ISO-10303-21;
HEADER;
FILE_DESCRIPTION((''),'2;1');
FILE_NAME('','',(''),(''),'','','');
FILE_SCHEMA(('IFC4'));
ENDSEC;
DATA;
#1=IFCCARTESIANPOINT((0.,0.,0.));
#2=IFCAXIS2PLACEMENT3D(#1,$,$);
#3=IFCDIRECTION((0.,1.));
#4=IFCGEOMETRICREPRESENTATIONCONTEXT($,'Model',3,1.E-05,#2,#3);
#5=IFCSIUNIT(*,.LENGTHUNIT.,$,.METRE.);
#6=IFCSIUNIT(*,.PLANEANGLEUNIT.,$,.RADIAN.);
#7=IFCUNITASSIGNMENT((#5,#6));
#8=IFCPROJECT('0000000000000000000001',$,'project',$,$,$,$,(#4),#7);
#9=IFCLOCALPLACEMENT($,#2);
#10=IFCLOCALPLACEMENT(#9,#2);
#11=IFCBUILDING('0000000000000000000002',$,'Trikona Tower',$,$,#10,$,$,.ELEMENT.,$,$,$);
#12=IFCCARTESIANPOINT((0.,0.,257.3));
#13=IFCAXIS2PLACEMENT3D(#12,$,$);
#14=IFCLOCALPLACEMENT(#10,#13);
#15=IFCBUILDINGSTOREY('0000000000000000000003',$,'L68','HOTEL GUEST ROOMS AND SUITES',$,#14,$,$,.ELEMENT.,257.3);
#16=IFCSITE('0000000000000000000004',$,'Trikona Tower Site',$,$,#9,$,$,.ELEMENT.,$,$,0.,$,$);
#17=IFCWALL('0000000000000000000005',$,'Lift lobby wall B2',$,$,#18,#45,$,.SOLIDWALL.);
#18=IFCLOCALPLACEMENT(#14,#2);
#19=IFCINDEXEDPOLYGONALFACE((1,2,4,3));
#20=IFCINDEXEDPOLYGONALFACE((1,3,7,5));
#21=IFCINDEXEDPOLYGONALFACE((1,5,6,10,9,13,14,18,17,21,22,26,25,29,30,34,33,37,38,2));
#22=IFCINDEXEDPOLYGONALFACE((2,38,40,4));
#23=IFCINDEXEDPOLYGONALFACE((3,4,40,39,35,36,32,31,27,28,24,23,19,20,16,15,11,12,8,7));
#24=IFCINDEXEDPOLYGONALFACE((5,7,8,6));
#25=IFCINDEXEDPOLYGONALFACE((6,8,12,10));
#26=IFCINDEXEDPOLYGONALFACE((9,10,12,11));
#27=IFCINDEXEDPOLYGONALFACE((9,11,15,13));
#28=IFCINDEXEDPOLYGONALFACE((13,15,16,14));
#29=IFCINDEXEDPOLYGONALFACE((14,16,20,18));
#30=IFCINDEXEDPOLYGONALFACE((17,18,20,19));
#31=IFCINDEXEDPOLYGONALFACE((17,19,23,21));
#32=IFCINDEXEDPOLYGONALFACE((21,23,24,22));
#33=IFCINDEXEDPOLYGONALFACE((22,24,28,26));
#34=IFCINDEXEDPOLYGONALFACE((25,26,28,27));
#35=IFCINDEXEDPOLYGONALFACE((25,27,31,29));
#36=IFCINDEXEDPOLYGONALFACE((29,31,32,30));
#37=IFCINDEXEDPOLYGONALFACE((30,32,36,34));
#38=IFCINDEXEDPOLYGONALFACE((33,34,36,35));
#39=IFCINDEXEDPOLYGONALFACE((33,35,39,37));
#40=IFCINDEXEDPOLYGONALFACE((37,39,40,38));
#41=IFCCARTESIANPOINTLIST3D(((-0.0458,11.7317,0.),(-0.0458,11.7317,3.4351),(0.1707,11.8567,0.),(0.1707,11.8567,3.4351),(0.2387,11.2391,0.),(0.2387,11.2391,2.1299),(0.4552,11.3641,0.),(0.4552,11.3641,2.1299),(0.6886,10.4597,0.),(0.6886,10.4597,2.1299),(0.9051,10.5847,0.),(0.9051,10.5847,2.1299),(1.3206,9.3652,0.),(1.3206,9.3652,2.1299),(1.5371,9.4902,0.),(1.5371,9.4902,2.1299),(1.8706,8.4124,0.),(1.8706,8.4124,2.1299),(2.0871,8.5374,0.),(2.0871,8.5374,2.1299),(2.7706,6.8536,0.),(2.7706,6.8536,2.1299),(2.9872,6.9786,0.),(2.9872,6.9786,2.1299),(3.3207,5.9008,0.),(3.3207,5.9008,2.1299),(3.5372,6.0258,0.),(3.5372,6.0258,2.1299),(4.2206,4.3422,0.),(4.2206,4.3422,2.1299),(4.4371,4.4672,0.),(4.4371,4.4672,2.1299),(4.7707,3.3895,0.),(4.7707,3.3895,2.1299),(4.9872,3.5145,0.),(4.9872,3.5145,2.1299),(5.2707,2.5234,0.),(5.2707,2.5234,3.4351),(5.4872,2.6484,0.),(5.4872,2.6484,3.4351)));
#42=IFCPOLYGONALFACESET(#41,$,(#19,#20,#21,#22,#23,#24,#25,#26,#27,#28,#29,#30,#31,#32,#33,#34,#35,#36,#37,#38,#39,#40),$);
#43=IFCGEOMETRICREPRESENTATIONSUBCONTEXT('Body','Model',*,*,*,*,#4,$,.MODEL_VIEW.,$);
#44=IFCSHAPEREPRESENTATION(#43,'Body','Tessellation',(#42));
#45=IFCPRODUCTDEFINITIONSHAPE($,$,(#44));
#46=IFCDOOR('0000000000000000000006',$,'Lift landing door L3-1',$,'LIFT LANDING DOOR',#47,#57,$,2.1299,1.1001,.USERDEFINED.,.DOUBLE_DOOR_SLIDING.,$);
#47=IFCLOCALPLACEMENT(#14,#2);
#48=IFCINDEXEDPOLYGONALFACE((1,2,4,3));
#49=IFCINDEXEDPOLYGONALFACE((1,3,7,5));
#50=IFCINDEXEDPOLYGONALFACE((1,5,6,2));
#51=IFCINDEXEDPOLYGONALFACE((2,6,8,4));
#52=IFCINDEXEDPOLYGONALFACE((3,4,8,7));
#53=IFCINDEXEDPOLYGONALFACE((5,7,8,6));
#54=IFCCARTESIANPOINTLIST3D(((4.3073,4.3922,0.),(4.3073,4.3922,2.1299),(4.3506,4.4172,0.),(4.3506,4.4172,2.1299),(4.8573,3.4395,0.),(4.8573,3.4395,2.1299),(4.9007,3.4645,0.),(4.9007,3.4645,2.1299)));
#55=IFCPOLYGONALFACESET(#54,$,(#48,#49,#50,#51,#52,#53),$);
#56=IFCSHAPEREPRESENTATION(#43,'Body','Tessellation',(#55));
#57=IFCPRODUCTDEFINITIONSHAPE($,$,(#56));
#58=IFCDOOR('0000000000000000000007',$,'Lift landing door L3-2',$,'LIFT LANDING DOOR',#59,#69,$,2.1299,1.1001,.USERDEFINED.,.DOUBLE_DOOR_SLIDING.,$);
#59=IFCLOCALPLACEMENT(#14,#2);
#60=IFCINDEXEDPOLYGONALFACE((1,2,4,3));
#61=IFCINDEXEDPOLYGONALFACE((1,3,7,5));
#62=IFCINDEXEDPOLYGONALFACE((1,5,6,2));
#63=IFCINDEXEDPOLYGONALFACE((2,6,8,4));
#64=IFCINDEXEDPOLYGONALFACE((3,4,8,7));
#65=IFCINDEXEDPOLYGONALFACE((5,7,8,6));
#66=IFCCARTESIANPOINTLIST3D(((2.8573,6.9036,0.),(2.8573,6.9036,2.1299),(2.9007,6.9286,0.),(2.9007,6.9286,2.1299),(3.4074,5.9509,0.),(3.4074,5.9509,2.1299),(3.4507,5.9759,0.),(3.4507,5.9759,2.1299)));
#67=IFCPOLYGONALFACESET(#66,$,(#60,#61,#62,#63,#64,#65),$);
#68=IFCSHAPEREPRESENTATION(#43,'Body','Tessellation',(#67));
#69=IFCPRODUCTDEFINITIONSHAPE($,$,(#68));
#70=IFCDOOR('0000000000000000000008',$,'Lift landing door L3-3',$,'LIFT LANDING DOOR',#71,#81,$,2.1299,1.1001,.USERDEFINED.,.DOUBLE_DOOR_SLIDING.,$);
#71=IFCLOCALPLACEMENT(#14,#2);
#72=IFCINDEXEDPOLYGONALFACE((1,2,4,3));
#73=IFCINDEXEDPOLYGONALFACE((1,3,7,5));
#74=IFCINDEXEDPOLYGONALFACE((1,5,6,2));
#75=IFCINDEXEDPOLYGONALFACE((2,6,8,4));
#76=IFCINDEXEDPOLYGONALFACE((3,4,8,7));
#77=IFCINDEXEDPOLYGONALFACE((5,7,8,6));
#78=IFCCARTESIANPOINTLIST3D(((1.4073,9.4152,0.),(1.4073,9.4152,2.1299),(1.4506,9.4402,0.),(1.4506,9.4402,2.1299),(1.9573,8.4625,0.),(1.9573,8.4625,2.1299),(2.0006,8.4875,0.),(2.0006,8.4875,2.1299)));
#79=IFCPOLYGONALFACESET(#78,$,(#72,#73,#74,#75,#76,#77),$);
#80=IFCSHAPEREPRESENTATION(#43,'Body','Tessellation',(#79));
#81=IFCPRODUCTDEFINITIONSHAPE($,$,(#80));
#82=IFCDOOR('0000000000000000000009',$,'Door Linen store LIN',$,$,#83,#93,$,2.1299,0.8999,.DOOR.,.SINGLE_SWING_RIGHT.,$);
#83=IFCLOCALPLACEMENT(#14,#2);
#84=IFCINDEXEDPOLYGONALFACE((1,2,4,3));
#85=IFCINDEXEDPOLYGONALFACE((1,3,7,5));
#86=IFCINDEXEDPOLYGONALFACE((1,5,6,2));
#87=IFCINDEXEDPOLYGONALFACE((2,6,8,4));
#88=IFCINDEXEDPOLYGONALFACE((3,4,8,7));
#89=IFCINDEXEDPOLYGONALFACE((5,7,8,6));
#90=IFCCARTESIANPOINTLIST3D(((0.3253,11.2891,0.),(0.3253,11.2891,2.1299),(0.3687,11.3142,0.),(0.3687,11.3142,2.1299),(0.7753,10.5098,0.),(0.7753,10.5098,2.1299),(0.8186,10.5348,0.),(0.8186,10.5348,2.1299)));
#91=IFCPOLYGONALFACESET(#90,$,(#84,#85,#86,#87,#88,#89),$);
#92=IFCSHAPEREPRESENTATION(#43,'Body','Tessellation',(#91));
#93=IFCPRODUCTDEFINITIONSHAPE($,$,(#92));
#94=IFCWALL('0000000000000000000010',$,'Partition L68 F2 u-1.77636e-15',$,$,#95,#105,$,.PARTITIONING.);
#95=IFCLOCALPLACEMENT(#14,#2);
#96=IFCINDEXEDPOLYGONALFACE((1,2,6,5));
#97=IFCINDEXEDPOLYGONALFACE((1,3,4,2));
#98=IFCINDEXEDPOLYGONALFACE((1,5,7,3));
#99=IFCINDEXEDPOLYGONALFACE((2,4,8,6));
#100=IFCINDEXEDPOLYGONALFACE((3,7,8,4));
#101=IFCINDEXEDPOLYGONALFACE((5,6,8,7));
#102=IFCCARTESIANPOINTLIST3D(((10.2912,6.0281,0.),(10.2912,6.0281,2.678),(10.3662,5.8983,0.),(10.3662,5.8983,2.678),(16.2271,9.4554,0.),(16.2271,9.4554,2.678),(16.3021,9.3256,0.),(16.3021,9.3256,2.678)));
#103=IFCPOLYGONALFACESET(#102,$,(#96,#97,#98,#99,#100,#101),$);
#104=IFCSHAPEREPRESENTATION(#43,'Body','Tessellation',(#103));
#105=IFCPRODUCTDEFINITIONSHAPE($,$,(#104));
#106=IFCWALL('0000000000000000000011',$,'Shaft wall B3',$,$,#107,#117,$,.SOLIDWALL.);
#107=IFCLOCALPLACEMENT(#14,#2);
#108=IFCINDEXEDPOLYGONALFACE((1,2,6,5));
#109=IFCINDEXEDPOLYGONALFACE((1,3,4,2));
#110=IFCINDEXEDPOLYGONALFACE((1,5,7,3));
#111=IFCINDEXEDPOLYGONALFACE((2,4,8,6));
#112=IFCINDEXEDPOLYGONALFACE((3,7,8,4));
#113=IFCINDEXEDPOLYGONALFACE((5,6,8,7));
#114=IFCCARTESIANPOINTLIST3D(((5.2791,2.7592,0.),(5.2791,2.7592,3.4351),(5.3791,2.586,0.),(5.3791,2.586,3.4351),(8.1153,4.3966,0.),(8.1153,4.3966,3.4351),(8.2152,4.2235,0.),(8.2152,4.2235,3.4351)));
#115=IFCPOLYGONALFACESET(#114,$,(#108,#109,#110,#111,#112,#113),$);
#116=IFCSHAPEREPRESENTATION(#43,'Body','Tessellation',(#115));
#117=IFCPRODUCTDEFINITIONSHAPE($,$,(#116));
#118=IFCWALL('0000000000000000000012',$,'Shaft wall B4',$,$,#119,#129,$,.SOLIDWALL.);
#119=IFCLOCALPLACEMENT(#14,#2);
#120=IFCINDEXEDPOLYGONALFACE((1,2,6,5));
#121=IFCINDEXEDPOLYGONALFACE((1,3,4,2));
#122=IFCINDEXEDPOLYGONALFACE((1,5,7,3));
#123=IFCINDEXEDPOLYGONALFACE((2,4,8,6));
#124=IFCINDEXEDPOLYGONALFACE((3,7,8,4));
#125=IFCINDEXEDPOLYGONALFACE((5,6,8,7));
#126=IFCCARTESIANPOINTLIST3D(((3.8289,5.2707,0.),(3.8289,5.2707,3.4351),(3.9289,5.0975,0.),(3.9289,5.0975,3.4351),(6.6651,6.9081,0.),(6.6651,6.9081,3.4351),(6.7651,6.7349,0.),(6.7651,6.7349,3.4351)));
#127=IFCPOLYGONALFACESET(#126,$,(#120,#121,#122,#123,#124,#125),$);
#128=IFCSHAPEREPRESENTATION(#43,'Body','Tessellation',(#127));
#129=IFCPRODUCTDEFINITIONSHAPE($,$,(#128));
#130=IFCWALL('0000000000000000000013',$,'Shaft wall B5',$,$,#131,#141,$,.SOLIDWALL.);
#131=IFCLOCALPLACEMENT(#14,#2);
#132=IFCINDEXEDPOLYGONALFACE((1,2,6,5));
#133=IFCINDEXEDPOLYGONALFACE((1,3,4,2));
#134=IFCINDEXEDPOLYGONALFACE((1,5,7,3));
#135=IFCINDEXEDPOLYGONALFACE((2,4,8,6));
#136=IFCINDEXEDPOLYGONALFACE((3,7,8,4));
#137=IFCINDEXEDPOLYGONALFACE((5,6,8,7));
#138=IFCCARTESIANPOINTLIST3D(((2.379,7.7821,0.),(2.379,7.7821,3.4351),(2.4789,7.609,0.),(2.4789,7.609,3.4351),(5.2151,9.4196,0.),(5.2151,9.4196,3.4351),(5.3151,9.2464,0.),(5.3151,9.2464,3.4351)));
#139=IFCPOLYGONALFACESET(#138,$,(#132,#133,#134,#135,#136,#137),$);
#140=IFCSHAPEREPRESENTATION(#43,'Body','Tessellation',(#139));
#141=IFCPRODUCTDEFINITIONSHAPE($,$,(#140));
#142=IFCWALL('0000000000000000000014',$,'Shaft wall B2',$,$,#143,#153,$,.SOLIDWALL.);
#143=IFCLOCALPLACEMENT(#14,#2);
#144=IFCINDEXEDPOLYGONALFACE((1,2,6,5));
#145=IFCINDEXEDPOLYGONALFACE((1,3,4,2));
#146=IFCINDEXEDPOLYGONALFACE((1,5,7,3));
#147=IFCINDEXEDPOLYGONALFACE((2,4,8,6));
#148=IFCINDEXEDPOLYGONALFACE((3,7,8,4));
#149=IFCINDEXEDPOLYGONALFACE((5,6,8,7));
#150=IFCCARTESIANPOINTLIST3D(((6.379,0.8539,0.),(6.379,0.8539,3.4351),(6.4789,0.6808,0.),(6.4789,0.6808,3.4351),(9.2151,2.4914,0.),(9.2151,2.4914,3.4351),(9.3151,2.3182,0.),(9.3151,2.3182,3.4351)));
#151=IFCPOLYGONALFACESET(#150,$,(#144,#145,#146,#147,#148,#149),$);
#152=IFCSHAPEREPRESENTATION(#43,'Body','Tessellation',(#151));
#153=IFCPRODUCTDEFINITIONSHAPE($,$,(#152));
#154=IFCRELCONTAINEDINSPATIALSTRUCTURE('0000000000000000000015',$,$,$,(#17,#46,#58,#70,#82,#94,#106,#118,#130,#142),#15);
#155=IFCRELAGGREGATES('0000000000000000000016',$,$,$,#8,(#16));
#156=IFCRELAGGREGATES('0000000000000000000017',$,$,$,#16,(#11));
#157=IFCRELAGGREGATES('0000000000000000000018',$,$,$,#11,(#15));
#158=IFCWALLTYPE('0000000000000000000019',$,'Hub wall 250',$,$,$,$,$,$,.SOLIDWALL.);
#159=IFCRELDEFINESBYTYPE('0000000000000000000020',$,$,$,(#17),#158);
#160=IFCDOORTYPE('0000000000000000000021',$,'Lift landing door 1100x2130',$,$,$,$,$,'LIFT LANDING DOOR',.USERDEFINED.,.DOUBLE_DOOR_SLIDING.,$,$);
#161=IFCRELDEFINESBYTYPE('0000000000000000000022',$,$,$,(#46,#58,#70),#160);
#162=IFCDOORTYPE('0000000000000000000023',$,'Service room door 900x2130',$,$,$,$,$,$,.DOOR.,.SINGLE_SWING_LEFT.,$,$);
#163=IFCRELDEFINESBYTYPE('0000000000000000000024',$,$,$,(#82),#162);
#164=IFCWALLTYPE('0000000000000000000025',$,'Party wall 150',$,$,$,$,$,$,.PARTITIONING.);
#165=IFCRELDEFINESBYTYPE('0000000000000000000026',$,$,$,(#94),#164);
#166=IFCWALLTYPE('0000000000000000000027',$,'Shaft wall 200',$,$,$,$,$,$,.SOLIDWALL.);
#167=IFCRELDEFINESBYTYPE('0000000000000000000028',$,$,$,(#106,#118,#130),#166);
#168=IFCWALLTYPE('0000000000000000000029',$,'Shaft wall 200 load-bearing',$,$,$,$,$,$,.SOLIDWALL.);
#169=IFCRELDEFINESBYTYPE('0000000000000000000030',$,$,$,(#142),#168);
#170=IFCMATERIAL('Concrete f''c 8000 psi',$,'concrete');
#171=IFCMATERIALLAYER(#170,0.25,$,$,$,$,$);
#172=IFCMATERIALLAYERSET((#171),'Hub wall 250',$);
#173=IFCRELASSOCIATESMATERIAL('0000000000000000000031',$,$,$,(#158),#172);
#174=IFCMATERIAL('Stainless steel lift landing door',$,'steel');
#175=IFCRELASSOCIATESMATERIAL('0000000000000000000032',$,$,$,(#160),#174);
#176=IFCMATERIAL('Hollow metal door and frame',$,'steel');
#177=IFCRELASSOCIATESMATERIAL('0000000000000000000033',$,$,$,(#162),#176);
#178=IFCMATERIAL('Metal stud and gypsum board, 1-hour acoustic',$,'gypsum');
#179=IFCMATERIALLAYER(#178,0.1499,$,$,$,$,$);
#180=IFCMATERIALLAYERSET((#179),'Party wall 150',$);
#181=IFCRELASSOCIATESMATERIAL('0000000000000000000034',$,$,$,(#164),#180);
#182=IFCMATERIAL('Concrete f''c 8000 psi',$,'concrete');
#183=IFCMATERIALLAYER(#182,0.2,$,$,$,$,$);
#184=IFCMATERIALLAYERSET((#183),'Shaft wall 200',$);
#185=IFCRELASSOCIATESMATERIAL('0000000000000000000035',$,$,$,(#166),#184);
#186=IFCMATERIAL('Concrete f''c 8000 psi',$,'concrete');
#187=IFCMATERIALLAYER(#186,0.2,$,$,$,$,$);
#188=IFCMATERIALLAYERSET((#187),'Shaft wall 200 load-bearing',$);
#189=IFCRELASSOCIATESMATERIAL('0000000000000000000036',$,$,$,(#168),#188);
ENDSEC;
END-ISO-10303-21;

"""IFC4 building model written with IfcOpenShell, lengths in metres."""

from ifc_helpers import new_model, si_unit, direction, frame, frame_2d, origin, place, context, subcontext, project, spatial, rectangle, extrude, material, layer, layer_set, type_object, element, fill, save


model = new_model("IFC4")

# Units and contexts
model_context = context("Model", 3, precision=1e-05, world=origin(), true_north=direction((0.0, 1.0)))
body_context = subcontext(model_context, "Body", "Model", "MODEL_VIEW")
ifc_project = project(units=[si_unit("LENGTHUNIT", "METRE"), si_unit("PLANEANGLEUNIT", "RADIAN")], contexts=[model_context])

# Site, building, storey
site_placement = place(None, origin())
site = spatial("IfcSite", under=ifc_project, at=site_placement, Name="Trikona Tower Site", CompositionType="ELEMENT", RefElevation=0.0)
building_placement = place(site_placement, origin())
building = spatial("IfcBuilding", under=site, at=building_placement, Name="Trikona Tower", CompositionType="ELEMENT")
storey_placement = place(building_placement, frame((0.0, 0.0, 257.3)))
storey = spatial("IfcBuildingStorey", under=building, at=storey_placement, Name="L68", Description="HOTEL GUEST ROOMS AND SUITES", CompositionType="ELEMENT", Elevation=257.3)

# Wall, openings, doors
ifc_material_1 = material(Name="Concrete f'c 8000 psi", Category="concrete")
ifc_layer_1 = layer(ifc_material_1, 0.25)
ifc_layer_set_1 = layer_set([ifc_layer_1], Name="Hub wall 250")
wall_type_1 = type_object("IfcWallType", Name="Hub wall 250", PredefinedType="SOLIDWALL", material=ifc_layer_set_1)
wall_1_placement = place(storey_placement, frame((5.3789, 2.5859, 0.0), z_axis=(0.0, 0.0, 1.0), x_axis=(-0.500001, 0.866025, 0.0)))
wall_1 = element("IfcWall", 1, at=wall_1_placement, inside=storey, type_object=wall_type_1, Name="Lift lobby wall B2", PredefinedType="SOLIDWALL", context=body_context, shape_type="SweptSolid", body=[
    extrude(rectangle(XDim=10.6328, YDim=0.25, at=frame_2d((5.3164, 0.0))), origin(), (0.0, 0.0, 1.0), 3.4351),
])
opening_1_placement = place(wall_1_placement, frame((9.1641, 0.0, 0.0)))
opening_1 = element("IfcOpeningElement", 2, at=opening_1_placement, cuts=wall_1, PredefinedType="OPENING", context=body_context, shape_type="SweptSolid", body=[
    extrude(rectangle(XDim=0.8999, YDim=2.1299, at=frame_2d((0.45, 1.0649))), frame((0.0, 0.135, 0.0), z_axis=(0.0, -1.0, 0.0), x_axis=(1.0, 0.0, 0.0)), (0.0, 0.0, 1.0), 0.27),
])
opening_2_placement = place(wall_1_placement, frame((1.0, 0.0, 0.0)))
opening_2 = element("IfcOpeningElement", 3, at=opening_2_placement, cuts=wall_1, PredefinedType="OPENING", context=body_context, shape_type="SweptSolid", body=[
    extrude(rectangle(XDim=1.1001, YDim=2.1299, at=frame_2d((0.55, 1.0649))), frame((0.0, 0.135, 0.0), z_axis=(0.0, -1.0, 0.0), x_axis=(1.0, 0.0, 0.0)), (0.0, 0.0, 1.0), 0.27),
])
opening_3_placement = place(wall_1_placement, frame((3.8999, 0.0, 0.0)))
opening_3 = element("IfcOpeningElement", 4, at=opening_3_placement, cuts=wall_1, PredefinedType="OPENING", context=body_context, shape_type="SweptSolid", body=[
    extrude(rectangle(XDim=1.1001, YDim=2.1299, at=frame_2d((0.55, 1.0649))), frame((0.0, 0.135, 0.0), z_axis=(0.0, -1.0, 0.0), x_axis=(1.0, 0.0, 0.0)), (0.0, 0.0, 1.0), 0.27),
])
opening_4_placement = place(wall_1_placement, frame((6.8, 0.0, 0.0)))
opening_4 = element("IfcOpeningElement", 5, at=opening_4_placement, cuts=wall_1, PredefinedType="OPENING", context=body_context, shape_type="SweptSolid", body=[
    extrude(rectangle(XDim=1.1001, YDim=2.1299, at=frame_2d((0.55, 1.0649))), frame((0.0, 0.135, 0.0), z_axis=(0.0, -1.0, 0.0), x_axis=(1.0, 0.0, 0.0)), (0.0, 0.0, 1.0), 0.27),
])
ifc_material_2 = material(Name="Stainless steel lift landing door", Category="steel")
door_type_1 = type_object("IfcDoorType", Name="Lift landing door 1100x2130", ElementType="LIFT LANDING DOOR", OperationType="DOUBLE_DOOR_SLIDING", PredefinedType="USERDEFINED", material=ifc_material_2)
door_1_placement = place(opening_2_placement, origin())
door_1 = element("IfcDoor", 6, at=door_1_placement, inside=storey, type_object=door_type_1, Name="Lift landing door L3-1", ObjectType="LIFT LANDING DOOR", OperationType="DOUBLE_DOOR_SLIDING", OverallHeight=2.1299, OverallWidth=1.1001, PredefinedType="USERDEFINED", context=body_context, shape_type="SweptSolid", body=[
    extrude(rectangle(XDim=1.1001, YDim=2.1299, at=frame_2d((0.55, 1.0649))), frame((0.0, 0.0249, 0.0), z_axis=(0.0, -1.0, 0.0), x_axis=(1.0, 0.0, 0.0)), (0.0, 0.0, 1.0), 0.05),
])
fill(opening_2, door_1)
door_2_placement = place(opening_3_placement, origin())
door_2 = element("IfcDoor", 7, at=door_2_placement, inside=storey, type_object=door_type_1, Name="Lift landing door L3-2", ObjectType="LIFT LANDING DOOR", OperationType="DOUBLE_DOOR_SLIDING", OverallHeight=2.1299, OverallWidth=1.1001, PredefinedType="USERDEFINED", context=body_context, shape_type="SweptSolid", body=[
    extrude(rectangle(XDim=1.1001, YDim=2.1299, at=frame_2d((0.55, 1.0649))), frame((0.0, 0.0249, 0.0), z_axis=(0.0, -1.0, 0.0), x_axis=(1.0, 0.0, 0.0)), (0.0, 0.0, 1.0), 0.05),
])
fill(opening_3, door_2)
door_3_placement = place(opening_4_placement, origin())
door_3 = element("IfcDoor", 8, at=door_3_placement, inside=storey, type_object=door_type_1, Name="Lift landing door L3-3", ObjectType="LIFT LANDING DOOR", OperationType="DOUBLE_DOOR_SLIDING", OverallHeight=2.1299, OverallWidth=1.1001, PredefinedType="USERDEFINED", context=body_context, shape_type="SweptSolid", body=[
    extrude(rectangle(XDim=1.1001, YDim=2.1299, at=frame_2d((0.55, 1.0649))), frame((0.0, 0.0249, 0.0), z_axis=(0.0, -1.0, 0.0), x_axis=(1.0, 0.0, 0.0)), (0.0, 0.0, 1.0), 0.05),
])
fill(opening_4, door_3)
ifc_material_3 = material(Name="Hollow metal door and frame", Category="steel")
door_type_2 = type_object("IfcDoorType", Name="Service room door 900x2130", OperationType="SINGLE_SWING_LEFT", PredefinedType="DOOR", material=ifc_material_3)
door_4_placement = place(opening_1_placement, origin())
door_4 = element("IfcDoor", 9, at=door_4_placement, inside=storey, type_object=door_type_2, Name="Door Linen store LIN", OperationType="SINGLE_SWING_RIGHT", OverallHeight=2.1299, OverallWidth=0.8999, PredefinedType="DOOR", context=body_context, shape_type="SweptSolid", body=[
    extrude(rectangle(XDim=0.8999, YDim=2.1299, at=frame_2d((0.45, 1.0649))), frame((0.0, 0.0249, 0.0), z_axis=(0.0, -1.0, 0.0), x_axis=(1.0, 0.0, 0.0)), (0.0, 0.0, 1.0), 0.05),
])
fill(opening_1, door_4)

# Walls
ifc_material_4 = material(Name="Metal stud and gypsum board, 1-hour acoustic", Category="gypsum")
ifc_layer_2 = layer(ifc_material_4, 0.1499)
ifc_layer_set_2 = layer_set([ifc_layer_2], Name="Party wall 150")
wall_type_2 = type_object("IfcWallType", Name="Party wall 150", PredefinedType="PARTITIONING", material=ifc_layer_set_2)
wall_2_placement = place(storey_placement, frame((10.3286, 5.9631, 0.0), z_axis=(0.0, 0.0, 1.0), x_axis=(0.866012, 0.500024, 0.0)))
element("IfcWall", 10, at=wall_2_placement, inside=storey, type_object=wall_type_2, Name="Partition L68 F2 u-1.77636e-15", PredefinedType="PARTITIONING", context=body_context, shape_type="SweptSolid", body=[
    extrude(rectangle(XDim=6.8542, YDim=0.1499, at=frame_2d((3.4272, 0.0))), origin(), (0.0, 0.0, 1.0), 2.678),
])
ifc_material_5 = material(Name="Concrete f'c 8000 psi", Category="concrete")
ifc_layer_3 = layer(ifc_material_5, 0.2)
ifc_layer_set_3 = layer_set([ifc_layer_3], Name="Shaft wall 200")
wall_type_3 = type_object("IfcWallType", Name="Shaft wall 200", PredefinedType="SOLIDWALL", material=ifc_layer_set_3)
for number, where, z_axis, x_axis, name in (
    (11, (5.3291, 2.6726, 0.0), (0.0, 0.0, 1.0), (0.866028, 0.499996, 0.0), "Shaft wall B3"),
    (12, (3.8789, 5.1841, 0.0), (0.0, 0.0, 1.0), (0.866028, 0.499996, 0.0), "Shaft wall B4"),
    (13, (2.429, 7.6956, 0.0), (0.0, 0.0, 1.0), (0.866028, 0.499996, 0.0), "Shaft wall B5"),
):
    element("IfcWall", number, at=place(storey_placement, frame(where, z_axis=z_axis, x_axis=x_axis)), inside=storey, type_object=wall_type_3, Name=name, PredefinedType="SOLIDWALL", context=body_context, shape_type="SweptSolid", body=[
        extrude(rectangle(XDim=3.2749, YDim=0.2, at=frame_2d((1.6375, 0.0))), origin(), (0.0, 0.0, 1.0), 3.4351),
    ])
ifc_material_6 = material(Name="Concrete f'c 8000 psi", Category="concrete")
ifc_layer_4 = layer(ifc_material_6, 0.2)
ifc_layer_set_4 = layer_set([ifc_layer_4], Name="Shaft wall 200 load-bearing")
wall_type_4 = type_object("IfcWallType", Name="Shaft wall 200 load-bearing", PredefinedType="SOLIDWALL", material=ifc_layer_set_4)
wall_3_placement = place(storey_placement, frame((6.429, 0.7673, 0.0), z_axis=(0.0, 0.0, 1.0), x_axis=(0.866028, 0.499996, 0.0)))
element("IfcWall", 14, at=wall_3_placement, inside=storey, type_object=wall_type_4, Name="Shaft wall B2", PredefinedType="SOLIDWALL", context=body_context, shape_type="SweptSolid", body=[
    extrude(rectangle(XDim=3.2749, YDim=0.2, at=frame_2d((1.6375, 0.0))), origin(), (0.0, 0.0, 1.0), 3.4351),
])

save(model, "model.ifc")
